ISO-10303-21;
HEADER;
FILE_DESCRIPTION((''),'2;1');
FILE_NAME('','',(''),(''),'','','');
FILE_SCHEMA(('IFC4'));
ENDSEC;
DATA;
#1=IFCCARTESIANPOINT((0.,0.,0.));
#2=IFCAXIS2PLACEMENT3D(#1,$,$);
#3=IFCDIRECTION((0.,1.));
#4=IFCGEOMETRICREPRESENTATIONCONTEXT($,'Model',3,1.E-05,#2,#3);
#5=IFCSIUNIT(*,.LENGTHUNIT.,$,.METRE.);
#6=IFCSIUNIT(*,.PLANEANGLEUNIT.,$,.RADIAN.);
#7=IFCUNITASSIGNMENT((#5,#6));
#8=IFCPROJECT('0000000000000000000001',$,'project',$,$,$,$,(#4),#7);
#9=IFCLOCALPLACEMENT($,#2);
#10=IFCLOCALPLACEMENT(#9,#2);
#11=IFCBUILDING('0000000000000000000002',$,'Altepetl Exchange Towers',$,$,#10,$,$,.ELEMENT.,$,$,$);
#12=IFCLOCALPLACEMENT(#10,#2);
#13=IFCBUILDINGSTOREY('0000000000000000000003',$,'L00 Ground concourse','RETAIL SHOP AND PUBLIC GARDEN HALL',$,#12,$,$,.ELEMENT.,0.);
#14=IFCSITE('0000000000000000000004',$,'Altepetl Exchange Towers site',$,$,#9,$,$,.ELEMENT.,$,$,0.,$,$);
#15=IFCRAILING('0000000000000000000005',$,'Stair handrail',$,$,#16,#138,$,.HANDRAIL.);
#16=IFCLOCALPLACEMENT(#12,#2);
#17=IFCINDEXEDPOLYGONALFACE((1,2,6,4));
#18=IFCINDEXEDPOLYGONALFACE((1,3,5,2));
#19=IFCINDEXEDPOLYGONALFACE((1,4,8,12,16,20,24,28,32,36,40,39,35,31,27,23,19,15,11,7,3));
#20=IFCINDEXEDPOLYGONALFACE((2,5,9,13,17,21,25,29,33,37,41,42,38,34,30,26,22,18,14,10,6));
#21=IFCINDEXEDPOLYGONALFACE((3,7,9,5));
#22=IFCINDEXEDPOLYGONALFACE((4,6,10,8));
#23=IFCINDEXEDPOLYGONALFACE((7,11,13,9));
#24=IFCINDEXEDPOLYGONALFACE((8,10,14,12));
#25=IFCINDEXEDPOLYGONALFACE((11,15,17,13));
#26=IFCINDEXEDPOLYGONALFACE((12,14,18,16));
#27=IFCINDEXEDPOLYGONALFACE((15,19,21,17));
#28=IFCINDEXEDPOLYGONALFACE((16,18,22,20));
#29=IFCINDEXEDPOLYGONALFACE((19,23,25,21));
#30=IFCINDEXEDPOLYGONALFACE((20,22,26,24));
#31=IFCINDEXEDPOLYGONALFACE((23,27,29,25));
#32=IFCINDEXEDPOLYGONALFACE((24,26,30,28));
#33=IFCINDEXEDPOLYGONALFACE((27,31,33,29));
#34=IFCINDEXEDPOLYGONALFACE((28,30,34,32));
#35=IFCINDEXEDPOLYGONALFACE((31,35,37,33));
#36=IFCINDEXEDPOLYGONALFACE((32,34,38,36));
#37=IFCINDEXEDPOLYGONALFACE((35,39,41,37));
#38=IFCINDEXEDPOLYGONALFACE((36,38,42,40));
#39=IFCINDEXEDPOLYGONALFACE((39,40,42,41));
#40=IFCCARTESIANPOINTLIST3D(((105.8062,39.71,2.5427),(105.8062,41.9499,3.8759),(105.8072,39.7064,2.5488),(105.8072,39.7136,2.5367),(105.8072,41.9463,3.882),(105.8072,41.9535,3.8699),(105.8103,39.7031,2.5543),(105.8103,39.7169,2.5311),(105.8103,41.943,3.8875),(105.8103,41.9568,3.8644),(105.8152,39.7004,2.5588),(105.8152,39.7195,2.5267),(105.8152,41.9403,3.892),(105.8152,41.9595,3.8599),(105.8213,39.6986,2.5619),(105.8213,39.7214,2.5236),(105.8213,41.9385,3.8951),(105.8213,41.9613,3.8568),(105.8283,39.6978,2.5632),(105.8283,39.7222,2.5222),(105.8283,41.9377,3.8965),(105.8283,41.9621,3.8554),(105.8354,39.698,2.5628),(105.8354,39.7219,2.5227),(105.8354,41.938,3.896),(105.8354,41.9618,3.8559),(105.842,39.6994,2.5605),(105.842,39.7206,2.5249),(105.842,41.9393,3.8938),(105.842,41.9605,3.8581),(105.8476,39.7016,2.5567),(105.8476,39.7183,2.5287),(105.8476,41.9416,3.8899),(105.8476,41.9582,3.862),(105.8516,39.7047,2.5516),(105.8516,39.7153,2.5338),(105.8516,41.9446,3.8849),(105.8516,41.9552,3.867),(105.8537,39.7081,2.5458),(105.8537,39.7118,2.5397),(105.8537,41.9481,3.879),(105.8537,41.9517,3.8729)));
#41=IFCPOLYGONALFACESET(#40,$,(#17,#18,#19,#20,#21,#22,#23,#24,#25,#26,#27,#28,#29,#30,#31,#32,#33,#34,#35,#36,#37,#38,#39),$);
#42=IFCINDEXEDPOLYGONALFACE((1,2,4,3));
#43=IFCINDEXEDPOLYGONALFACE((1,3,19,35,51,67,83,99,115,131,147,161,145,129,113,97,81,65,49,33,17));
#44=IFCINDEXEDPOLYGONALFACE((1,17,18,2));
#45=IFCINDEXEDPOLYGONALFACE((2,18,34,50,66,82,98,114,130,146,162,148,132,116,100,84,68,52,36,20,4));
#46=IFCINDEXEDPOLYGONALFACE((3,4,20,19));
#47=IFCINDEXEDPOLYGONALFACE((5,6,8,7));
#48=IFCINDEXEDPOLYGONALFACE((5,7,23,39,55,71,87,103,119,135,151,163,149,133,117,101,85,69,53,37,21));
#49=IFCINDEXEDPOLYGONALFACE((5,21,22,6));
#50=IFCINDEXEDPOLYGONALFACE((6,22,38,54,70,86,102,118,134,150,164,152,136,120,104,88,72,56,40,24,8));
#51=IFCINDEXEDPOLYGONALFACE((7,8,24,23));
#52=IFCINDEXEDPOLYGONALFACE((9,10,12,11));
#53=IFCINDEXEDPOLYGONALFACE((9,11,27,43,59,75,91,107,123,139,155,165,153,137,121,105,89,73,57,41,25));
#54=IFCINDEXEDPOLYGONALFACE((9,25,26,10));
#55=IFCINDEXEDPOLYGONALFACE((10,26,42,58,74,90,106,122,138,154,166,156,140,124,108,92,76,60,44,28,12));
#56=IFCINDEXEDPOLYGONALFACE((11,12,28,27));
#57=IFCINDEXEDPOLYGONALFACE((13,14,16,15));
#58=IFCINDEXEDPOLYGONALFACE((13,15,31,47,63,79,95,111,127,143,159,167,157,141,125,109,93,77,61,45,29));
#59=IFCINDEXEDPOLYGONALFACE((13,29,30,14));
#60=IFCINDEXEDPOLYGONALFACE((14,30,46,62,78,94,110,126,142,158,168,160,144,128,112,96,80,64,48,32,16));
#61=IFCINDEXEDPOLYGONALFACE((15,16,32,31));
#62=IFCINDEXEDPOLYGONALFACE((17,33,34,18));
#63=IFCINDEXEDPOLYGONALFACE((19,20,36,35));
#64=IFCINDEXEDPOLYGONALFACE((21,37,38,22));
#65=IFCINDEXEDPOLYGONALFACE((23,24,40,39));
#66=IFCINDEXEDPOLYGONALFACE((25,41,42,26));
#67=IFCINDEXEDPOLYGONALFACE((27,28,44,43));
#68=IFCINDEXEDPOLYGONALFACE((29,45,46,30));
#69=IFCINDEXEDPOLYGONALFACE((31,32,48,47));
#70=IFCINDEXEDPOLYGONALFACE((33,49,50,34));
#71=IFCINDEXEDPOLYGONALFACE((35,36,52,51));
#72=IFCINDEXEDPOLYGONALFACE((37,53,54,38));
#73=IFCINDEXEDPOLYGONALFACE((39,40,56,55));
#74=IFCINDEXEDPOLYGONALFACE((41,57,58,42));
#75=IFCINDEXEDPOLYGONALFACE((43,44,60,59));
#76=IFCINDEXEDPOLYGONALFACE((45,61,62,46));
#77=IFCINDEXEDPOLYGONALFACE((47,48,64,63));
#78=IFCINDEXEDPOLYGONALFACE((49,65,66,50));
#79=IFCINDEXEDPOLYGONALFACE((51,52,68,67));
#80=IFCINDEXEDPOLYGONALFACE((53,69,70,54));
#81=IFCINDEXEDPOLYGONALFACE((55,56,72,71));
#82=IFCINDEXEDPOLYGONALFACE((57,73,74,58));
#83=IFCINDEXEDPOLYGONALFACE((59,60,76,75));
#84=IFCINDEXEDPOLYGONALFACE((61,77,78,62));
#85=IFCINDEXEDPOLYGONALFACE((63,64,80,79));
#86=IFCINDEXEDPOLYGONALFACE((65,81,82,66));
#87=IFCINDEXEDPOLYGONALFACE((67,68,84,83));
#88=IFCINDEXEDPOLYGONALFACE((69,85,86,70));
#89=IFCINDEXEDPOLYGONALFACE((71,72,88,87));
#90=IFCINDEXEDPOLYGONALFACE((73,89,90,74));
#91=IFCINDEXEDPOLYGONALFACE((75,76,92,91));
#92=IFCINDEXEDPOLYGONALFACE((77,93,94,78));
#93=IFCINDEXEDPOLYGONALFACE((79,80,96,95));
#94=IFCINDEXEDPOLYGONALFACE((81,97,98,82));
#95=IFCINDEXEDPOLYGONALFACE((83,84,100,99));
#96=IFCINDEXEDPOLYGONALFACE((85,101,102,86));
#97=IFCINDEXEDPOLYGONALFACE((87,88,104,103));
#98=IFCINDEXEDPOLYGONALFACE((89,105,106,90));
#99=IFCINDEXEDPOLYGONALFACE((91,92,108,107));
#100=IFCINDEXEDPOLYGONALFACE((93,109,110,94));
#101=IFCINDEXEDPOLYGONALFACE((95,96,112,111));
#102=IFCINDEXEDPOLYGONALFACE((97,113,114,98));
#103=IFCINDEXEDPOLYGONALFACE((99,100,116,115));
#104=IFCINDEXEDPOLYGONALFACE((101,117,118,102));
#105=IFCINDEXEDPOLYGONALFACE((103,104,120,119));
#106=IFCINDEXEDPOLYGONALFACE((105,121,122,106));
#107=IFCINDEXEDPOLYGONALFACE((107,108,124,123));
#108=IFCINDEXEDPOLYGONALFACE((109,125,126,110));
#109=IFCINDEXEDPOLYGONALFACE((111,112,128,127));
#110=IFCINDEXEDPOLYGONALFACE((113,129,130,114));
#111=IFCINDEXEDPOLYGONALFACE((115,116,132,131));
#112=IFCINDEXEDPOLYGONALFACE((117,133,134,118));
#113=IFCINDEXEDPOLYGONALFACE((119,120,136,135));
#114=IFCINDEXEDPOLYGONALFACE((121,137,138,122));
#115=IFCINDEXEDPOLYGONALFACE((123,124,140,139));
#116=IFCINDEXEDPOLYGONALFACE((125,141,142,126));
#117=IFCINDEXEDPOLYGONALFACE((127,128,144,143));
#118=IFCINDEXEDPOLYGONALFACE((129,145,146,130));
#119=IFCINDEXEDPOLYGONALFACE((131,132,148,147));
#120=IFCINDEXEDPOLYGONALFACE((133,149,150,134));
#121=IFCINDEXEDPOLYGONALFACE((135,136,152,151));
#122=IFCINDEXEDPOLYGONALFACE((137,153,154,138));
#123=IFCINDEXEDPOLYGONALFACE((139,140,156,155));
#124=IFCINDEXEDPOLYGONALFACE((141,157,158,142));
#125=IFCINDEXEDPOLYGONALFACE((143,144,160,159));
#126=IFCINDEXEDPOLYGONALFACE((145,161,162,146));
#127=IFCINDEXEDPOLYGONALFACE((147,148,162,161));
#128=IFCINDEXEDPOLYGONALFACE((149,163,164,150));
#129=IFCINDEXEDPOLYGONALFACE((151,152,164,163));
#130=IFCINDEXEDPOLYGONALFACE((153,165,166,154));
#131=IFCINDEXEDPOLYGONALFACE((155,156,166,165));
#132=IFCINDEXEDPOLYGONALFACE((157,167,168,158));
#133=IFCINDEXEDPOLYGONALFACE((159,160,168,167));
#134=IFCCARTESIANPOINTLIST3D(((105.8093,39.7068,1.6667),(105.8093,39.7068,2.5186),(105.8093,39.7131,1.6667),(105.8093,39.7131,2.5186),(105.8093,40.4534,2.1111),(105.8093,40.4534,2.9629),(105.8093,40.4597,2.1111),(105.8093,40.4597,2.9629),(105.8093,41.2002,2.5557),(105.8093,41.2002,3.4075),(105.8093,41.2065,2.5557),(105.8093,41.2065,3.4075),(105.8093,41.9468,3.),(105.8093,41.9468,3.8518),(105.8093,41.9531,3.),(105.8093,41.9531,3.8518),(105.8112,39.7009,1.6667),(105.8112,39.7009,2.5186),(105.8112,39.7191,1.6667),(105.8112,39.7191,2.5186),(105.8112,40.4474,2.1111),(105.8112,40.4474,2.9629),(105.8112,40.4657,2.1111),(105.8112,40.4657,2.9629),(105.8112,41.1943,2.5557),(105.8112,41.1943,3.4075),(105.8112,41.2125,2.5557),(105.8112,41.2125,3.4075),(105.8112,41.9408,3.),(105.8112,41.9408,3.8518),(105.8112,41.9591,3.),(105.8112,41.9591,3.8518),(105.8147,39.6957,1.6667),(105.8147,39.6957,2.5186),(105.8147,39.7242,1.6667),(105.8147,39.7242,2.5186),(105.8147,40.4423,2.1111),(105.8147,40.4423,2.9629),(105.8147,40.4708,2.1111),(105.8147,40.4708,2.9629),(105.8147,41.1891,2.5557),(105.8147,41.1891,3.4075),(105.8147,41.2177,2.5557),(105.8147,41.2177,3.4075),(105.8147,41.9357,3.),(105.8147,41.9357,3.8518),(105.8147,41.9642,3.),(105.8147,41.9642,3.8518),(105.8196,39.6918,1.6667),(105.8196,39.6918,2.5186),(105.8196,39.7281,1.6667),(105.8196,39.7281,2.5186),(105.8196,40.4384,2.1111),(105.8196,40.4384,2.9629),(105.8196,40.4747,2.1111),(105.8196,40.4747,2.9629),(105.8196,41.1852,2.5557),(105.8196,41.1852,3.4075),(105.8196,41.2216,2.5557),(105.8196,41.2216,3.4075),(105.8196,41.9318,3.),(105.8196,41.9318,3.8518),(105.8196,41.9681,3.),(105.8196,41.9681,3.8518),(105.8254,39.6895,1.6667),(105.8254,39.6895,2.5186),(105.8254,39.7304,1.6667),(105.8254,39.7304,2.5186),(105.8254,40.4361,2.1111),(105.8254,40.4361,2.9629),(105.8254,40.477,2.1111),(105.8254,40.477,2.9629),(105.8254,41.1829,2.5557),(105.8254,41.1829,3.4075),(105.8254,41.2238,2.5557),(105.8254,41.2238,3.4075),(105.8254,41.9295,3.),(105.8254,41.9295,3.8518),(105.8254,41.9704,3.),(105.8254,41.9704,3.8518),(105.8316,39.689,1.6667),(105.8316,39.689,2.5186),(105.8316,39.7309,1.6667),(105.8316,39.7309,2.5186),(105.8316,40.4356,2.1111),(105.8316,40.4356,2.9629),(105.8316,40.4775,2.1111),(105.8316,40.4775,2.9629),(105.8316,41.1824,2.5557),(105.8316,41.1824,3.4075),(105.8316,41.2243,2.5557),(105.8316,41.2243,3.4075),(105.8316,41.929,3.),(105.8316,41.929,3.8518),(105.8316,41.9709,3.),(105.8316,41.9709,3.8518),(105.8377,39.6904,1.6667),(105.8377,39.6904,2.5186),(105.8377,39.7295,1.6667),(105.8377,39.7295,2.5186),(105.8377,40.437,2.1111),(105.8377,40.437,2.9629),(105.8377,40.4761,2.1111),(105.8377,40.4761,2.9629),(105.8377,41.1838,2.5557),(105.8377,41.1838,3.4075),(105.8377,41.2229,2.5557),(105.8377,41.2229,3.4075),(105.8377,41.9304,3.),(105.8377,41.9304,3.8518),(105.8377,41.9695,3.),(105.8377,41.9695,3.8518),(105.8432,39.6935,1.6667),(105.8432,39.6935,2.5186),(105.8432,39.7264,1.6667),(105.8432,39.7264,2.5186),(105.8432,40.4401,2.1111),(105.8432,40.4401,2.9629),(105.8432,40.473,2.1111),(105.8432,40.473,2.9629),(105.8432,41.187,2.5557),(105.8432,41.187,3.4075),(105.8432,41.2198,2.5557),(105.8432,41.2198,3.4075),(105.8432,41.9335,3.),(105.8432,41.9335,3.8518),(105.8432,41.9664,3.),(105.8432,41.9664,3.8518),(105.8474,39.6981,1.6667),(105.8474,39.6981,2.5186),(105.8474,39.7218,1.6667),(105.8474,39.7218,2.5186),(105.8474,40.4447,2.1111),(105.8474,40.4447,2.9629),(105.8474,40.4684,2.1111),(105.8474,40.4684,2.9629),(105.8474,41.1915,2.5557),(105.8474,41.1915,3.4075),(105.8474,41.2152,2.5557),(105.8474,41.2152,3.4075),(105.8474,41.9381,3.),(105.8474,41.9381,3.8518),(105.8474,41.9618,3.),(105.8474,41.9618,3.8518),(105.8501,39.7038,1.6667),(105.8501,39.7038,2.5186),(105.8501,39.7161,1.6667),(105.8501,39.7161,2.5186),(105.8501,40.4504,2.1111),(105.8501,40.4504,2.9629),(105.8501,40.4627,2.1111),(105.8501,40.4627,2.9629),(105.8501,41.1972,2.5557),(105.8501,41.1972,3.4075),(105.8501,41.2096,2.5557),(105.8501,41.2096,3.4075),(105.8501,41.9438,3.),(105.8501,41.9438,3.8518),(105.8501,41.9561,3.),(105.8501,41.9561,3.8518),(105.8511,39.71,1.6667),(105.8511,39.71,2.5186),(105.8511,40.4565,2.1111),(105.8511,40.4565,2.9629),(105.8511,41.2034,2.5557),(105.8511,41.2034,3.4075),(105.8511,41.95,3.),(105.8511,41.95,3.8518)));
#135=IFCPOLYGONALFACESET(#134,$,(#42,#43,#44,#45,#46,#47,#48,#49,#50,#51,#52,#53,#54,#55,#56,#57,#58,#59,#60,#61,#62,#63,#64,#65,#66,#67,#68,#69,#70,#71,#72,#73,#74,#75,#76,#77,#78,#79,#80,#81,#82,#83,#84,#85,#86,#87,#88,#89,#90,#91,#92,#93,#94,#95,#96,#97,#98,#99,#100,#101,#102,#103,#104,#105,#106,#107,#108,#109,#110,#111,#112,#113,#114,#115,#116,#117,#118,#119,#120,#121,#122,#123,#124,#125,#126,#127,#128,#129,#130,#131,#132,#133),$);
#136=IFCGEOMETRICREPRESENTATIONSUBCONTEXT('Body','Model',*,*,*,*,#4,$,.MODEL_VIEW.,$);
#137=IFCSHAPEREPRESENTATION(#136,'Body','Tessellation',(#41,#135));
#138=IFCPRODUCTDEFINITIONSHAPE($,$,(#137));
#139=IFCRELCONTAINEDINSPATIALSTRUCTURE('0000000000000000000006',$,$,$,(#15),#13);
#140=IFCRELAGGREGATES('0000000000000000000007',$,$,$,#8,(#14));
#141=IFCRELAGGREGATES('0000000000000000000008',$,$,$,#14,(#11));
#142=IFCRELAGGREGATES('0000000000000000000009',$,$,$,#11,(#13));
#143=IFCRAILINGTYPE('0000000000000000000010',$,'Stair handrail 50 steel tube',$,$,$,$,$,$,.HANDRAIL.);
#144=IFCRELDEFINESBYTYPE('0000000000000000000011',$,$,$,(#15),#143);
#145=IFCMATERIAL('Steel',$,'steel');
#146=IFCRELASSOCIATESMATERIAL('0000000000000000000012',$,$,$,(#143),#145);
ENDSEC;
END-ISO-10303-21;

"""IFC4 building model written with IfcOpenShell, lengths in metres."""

from ifc_helpers import new_model, si_unit, direction, frame, origin, origin_2d, place, context, subcontext, project, spatial, circle, extrude, source, transform, mapped, material, type_object, element, save


model = new_model("IFC4")

# Units and contexts
model_context = context("Model", 3, precision=1e-05, world=origin(), true_north=direction((0.0, 1.0)))
body_context = subcontext(model_context, "Body", "Model", "MODEL_VIEW")
ifc_project = project(units=[si_unit("LENGTHUNIT", "METRE"), si_unit("PLANEANGLEUNIT", "RADIAN")], contexts=[model_context])

# Site, building, storey
site_placement = place(None, origin())
site = spatial("IfcSite", under=ifc_project, at=site_placement, Name="Altepetl Exchange Towers site", CompositionType="ELEMENT", RefElevation=0.0)
building_placement = place(site_placement, origin())
building = spatial("IfcBuilding", under=site, at=building_placement, Name="Altepetl Exchange Towers", CompositionType="ELEMENT")
storey_placement = place(building_placement, origin())
storey = spatial("IfcBuildingStorey", under=building, at=storey_placement, Name="L00 Ground concourse", Description="RETAIL SHOP AND PUBLIC GARDEN HALL", CompositionType="ELEMENT", Elevation=0.0)

# Railing
ifc_material_1 = material(Name="Steel", Category="steel")
railing_type = type_object("IfcRailingType", Name="Stair handrail 50 steel tube", PredefinedType="HANDRAIL", material=ifc_material_1)
shared_shape = source(origin(), body_context, "Body", "SweptSolid", [
    extrude(circle(Radius=0.021, at=origin_2d()), origin(), (0.0, 0.0, 1.0), 0.8518),
])
for number, where, name in (
    (1, (105.8301, 39.71, 1.6667), "Stair handrail"),
):
    element("IfcRailing", number, at=place(storey_placement, frame(where)), inside=storey, type_object=railing_type, Name=name, PredefinedType="HANDRAIL", context=body_context, shape_type="SweptSolid", body=[
        extrude(circle(Radius=0.0239, at=origin_2d()), frame((0.0, 0.0, 0.876), z_axis=(0.0, 0.859306, 0.511462), x_axis=(-1.0, 0.0, 0.0)), (0.0, 0.0, 1.0), 2.6067),
        mapped(shared_shape, transform((0.0, 0.0, 0.0))),
        mapped(shared_shape, transform((0.0, 0.7466, 0.4443))),
        mapped(shared_shape, transform((0.0, 1.4934, 0.8889))),
        mapped(shared_shape, transform((0.0, 2.24, 1.3333))),
    ])

save(model, "model.ifc")
